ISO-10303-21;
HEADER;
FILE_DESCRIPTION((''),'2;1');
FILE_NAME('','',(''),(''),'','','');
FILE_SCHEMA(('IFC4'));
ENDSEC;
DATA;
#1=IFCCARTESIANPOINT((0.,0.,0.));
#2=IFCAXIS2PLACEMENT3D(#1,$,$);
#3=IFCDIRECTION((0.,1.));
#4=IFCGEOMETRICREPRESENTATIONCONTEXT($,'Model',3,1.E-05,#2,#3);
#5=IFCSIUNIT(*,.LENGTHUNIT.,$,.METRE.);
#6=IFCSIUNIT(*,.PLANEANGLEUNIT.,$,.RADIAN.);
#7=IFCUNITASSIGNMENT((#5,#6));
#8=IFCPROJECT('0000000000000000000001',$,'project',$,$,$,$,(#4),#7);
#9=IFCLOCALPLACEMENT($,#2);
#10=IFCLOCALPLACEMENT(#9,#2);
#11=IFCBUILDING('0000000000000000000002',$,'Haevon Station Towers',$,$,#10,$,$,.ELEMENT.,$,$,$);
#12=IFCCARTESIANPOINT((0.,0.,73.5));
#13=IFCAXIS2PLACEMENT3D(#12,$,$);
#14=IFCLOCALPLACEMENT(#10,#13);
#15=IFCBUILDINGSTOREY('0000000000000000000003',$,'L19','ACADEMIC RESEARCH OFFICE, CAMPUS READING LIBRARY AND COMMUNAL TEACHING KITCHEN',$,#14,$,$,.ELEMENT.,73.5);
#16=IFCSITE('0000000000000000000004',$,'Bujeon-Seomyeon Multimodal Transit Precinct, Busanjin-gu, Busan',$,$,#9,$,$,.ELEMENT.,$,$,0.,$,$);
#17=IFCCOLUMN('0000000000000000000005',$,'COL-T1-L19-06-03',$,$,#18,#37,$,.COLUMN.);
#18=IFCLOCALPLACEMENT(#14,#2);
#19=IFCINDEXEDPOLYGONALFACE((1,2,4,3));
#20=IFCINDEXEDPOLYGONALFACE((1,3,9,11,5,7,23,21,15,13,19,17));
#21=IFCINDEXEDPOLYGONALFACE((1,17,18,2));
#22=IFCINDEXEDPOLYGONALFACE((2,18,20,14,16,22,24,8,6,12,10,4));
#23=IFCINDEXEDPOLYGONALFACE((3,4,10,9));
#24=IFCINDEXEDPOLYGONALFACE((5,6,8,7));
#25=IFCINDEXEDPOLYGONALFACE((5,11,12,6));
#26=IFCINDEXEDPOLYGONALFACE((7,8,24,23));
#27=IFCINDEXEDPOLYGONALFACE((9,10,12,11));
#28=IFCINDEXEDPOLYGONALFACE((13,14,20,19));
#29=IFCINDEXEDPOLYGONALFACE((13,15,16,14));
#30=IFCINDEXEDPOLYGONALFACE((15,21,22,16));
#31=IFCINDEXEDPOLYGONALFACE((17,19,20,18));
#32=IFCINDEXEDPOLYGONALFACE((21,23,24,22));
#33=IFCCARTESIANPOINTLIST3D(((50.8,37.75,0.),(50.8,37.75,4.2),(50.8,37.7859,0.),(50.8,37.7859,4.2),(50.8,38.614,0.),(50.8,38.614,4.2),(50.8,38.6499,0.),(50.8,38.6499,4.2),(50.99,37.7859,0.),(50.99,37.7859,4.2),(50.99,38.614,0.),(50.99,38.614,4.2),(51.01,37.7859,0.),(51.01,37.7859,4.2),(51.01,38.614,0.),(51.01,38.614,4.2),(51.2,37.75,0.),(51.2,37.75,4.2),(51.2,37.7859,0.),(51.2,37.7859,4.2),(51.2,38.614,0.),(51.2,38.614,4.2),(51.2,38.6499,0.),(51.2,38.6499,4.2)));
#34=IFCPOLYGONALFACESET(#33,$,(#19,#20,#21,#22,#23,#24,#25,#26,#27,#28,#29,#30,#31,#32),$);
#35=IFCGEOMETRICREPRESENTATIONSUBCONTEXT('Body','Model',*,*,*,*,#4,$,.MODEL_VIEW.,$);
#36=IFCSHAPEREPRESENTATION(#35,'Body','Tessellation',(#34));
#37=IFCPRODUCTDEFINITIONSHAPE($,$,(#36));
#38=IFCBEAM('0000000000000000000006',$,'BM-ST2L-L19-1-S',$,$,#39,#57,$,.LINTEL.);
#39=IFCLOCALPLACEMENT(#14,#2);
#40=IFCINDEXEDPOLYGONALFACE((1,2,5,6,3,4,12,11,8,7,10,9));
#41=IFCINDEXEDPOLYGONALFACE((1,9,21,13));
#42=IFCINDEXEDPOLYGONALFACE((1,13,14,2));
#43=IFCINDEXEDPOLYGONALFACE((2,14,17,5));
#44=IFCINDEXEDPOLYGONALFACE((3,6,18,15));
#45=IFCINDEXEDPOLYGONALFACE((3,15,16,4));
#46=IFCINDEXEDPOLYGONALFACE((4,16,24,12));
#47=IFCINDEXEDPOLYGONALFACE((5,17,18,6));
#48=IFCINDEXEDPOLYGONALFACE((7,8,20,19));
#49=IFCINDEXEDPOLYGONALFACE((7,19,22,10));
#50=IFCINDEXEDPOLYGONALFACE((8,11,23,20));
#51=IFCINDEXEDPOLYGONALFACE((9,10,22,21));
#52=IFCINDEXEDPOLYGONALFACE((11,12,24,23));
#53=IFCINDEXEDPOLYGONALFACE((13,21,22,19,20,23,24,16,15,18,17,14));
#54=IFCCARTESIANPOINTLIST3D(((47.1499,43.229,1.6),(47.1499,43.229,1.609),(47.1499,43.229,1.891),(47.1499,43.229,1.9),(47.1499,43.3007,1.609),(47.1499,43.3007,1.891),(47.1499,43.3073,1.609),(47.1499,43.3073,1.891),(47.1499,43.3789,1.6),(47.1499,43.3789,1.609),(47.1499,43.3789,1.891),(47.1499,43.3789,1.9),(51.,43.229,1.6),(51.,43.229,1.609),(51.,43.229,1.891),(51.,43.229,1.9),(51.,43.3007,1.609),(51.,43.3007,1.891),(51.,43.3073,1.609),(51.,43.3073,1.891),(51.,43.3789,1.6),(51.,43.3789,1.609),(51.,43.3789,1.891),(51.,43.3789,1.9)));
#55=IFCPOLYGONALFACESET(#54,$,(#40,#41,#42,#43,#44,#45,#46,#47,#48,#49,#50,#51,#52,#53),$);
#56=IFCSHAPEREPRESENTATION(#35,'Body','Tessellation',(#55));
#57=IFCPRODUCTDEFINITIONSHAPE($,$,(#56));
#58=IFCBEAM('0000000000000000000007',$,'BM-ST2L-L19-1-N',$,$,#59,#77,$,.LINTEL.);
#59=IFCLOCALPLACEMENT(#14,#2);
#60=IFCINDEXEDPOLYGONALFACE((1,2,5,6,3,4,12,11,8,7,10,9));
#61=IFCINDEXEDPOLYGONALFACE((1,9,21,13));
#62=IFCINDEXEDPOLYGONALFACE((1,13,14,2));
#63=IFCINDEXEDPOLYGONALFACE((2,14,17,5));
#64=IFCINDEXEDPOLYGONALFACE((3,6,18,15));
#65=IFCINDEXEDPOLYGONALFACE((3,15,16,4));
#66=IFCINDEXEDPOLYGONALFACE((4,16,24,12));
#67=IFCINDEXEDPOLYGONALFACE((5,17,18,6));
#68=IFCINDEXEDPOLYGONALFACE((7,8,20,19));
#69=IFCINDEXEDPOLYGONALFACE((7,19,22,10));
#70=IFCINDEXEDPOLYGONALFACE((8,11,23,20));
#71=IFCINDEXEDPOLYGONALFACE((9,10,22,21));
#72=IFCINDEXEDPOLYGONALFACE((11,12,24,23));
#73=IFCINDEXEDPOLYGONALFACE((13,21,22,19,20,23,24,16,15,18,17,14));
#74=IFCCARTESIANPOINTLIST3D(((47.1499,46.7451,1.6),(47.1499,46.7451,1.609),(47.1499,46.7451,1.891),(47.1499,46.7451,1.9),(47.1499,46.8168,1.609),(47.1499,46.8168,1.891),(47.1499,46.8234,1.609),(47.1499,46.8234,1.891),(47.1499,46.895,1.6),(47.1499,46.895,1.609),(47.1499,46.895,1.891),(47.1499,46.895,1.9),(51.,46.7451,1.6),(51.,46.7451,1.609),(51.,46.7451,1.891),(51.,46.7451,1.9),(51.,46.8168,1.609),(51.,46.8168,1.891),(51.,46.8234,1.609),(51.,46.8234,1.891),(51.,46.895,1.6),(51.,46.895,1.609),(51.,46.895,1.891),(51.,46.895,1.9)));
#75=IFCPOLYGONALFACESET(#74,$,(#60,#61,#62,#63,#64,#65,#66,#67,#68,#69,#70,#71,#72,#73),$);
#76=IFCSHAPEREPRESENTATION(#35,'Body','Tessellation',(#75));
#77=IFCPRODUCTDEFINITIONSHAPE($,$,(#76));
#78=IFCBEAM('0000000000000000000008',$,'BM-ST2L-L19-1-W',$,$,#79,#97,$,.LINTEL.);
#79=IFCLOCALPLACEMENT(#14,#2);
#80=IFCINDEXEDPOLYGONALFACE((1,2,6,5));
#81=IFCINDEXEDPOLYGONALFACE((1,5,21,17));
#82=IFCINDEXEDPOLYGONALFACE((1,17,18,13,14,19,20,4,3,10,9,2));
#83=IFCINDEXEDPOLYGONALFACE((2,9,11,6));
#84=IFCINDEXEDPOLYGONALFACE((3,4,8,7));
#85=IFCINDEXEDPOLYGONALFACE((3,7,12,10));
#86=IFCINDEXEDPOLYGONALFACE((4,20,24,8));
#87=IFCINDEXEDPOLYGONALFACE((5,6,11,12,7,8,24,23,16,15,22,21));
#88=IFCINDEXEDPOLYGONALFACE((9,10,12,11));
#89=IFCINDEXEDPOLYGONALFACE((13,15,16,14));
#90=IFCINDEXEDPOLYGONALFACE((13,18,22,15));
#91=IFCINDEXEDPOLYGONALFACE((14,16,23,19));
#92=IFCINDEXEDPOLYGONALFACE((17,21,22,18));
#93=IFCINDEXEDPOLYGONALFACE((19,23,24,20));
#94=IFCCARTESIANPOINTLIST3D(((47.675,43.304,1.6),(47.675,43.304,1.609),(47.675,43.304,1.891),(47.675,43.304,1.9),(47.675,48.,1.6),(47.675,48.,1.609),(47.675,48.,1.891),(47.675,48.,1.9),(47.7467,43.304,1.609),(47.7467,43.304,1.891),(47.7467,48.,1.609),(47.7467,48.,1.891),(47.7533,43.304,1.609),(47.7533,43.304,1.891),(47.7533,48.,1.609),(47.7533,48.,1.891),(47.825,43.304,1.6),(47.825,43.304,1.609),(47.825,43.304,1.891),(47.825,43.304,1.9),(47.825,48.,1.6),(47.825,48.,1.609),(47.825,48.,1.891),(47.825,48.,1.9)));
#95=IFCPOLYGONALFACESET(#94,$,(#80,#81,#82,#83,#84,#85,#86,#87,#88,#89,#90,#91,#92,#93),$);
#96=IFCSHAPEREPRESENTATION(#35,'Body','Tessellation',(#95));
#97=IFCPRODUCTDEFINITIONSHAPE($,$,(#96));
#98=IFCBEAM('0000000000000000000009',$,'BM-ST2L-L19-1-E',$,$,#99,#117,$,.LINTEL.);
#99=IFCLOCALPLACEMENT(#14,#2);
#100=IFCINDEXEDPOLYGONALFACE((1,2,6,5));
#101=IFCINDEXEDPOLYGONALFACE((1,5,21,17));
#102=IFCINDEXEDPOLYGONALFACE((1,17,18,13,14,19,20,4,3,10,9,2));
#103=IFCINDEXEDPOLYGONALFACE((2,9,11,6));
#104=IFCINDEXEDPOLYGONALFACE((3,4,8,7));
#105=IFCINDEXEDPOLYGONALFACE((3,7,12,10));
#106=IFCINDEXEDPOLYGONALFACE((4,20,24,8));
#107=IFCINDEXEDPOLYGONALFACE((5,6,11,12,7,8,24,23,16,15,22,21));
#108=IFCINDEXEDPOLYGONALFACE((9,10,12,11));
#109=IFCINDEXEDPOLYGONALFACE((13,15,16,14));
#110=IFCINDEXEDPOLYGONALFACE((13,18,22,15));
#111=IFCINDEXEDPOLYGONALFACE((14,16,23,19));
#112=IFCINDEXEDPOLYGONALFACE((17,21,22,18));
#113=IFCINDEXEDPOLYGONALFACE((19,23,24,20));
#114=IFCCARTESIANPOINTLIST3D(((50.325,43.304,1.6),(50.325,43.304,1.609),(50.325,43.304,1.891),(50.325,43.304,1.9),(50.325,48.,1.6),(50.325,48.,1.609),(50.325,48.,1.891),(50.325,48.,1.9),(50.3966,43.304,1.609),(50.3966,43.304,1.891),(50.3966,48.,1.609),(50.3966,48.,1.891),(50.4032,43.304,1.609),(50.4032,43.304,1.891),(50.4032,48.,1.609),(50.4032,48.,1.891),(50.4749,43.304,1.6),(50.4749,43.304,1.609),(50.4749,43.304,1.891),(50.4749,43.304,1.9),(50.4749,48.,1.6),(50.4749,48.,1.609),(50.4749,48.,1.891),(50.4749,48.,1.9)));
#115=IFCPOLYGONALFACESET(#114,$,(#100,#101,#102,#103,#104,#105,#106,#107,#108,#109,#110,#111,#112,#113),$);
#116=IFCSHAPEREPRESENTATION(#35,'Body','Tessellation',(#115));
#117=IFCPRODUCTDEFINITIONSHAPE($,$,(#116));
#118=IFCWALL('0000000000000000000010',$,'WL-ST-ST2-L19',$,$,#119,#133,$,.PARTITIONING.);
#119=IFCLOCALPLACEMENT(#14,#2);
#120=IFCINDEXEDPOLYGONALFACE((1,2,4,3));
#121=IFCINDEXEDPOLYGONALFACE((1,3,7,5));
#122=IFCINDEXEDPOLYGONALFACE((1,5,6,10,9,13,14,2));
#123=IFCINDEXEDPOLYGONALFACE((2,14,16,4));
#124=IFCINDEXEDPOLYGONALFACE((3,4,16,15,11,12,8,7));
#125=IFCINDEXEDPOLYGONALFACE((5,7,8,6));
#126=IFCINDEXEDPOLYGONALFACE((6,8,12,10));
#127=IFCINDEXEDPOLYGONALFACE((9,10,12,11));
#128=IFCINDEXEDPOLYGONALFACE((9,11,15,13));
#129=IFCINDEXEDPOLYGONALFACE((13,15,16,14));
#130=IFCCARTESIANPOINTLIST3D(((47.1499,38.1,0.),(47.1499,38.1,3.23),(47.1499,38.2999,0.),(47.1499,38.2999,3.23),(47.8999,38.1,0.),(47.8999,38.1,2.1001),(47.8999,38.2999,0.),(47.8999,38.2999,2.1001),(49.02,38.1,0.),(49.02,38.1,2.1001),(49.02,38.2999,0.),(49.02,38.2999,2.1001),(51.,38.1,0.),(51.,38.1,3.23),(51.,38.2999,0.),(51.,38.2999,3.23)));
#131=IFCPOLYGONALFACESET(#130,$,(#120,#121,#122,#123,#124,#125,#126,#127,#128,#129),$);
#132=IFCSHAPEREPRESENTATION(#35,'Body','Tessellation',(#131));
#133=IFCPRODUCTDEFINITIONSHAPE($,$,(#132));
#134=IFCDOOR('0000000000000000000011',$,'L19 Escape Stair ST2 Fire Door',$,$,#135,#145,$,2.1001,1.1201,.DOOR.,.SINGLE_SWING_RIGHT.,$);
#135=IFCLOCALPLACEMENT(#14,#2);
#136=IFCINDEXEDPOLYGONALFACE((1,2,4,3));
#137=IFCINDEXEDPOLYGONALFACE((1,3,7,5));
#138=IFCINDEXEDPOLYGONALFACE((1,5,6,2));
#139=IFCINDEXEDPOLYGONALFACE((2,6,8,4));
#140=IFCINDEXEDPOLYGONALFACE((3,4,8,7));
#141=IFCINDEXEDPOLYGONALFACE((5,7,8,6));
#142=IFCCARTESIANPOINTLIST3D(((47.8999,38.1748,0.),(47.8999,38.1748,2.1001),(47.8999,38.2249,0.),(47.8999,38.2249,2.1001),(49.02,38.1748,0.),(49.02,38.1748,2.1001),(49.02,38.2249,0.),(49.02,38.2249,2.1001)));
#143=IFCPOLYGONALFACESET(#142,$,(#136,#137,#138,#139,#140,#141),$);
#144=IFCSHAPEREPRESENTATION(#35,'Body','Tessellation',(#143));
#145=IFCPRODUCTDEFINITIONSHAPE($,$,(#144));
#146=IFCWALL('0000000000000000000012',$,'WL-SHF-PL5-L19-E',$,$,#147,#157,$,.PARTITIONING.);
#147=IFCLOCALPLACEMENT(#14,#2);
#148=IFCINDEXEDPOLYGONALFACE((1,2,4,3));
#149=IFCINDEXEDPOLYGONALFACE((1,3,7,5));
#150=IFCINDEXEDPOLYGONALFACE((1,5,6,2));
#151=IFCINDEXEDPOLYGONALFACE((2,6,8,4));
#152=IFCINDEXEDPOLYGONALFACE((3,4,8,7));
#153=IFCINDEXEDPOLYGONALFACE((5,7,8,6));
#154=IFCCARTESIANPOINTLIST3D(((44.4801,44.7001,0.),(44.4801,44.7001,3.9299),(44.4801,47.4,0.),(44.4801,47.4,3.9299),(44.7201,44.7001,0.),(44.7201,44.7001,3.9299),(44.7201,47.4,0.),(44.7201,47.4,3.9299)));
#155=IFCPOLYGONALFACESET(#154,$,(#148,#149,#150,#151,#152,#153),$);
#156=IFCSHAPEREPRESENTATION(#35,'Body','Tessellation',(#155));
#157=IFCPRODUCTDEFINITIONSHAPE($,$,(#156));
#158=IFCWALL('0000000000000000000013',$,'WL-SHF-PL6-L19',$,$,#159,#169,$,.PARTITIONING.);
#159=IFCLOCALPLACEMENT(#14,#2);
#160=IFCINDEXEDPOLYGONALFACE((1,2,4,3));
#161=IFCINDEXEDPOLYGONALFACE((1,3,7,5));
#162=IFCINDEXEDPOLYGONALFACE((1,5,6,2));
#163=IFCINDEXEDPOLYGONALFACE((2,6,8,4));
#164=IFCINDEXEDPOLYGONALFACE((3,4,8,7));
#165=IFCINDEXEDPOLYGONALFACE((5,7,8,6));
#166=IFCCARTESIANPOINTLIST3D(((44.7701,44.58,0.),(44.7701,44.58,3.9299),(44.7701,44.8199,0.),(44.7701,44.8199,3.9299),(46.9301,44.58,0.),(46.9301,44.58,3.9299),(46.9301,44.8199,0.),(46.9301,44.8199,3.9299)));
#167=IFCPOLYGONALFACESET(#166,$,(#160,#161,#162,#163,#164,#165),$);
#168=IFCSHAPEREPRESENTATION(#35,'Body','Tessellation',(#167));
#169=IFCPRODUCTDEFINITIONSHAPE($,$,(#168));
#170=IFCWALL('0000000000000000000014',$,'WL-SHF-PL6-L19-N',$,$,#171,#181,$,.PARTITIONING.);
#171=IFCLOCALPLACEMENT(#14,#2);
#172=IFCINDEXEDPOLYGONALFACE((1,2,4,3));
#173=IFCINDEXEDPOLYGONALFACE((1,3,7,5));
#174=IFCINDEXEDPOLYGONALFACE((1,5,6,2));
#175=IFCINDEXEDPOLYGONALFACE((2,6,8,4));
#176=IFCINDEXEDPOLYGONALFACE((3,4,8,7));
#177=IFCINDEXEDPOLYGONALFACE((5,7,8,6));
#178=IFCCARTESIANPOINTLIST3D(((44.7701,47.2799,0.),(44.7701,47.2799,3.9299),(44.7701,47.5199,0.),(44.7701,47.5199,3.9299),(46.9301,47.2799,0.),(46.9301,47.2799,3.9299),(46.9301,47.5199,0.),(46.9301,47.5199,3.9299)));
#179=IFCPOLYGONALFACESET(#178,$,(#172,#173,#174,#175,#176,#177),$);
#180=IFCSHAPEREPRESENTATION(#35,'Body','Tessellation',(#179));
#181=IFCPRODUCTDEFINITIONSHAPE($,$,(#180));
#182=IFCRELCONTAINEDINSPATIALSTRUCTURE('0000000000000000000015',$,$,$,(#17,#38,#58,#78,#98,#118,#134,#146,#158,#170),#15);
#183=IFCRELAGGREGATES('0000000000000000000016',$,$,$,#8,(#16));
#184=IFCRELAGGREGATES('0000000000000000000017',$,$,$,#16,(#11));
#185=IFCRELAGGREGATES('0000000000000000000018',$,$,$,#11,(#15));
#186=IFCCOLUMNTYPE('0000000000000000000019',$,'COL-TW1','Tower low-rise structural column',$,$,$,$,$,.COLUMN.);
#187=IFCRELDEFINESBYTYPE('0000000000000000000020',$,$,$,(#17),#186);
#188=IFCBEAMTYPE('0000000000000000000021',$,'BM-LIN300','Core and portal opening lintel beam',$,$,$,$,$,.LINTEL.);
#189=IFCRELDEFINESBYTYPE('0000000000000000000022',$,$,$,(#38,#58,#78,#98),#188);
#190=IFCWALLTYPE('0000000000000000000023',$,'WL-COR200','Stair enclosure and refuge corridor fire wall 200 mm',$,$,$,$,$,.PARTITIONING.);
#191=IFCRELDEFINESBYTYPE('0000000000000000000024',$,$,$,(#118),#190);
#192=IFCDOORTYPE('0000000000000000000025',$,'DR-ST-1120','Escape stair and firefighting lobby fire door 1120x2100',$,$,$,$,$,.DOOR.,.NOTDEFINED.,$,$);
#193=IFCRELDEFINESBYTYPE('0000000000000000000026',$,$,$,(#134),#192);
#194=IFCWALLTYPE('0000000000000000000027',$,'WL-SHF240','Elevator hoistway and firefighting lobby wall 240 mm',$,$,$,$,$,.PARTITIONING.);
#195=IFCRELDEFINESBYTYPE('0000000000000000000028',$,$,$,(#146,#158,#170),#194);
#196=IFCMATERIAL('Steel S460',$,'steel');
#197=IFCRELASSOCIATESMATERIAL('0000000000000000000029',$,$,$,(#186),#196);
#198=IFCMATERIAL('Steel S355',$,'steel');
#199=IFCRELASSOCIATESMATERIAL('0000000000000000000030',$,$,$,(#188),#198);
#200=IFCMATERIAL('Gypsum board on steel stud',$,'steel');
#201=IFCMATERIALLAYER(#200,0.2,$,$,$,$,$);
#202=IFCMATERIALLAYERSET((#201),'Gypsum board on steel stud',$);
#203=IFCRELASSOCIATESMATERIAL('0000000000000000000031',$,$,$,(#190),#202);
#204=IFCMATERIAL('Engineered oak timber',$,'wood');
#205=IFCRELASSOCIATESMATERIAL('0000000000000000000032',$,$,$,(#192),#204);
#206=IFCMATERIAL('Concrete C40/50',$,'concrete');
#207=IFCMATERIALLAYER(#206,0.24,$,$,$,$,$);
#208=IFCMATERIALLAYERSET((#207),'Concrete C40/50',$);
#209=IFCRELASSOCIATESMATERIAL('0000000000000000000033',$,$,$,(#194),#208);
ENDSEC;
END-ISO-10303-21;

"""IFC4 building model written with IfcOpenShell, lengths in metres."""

from ifc_helpers import new_model, si_unit, direction, frame, frame_2d, origin, origin_2d, place, context, subcontext, project, spatial, rectangle, i_section, extrude, material, layer, layer_set, material_profile, profile_set, type_object, element, fill, save


model = new_model("IFC4")

# Units and contexts
model_context = context("Model", 3, precision=1e-05, world=origin(), true_north=direction((0.0, 1.0)))
body_context = subcontext(model_context, "Body", "Model", "MODEL_VIEW")
ifc_project = project(units=[si_unit("LENGTHUNIT", "METRE"), si_unit("PLANEANGLEUNIT", "RADIAN")], contexts=[model_context])

# Site, building, storey
site_placement = place(None, origin())
site = spatial("IfcSite", under=ifc_project, at=site_placement, Name="Bujeon-Seomyeon Multimodal Transit Precinct, Busanjin-gu, Busan", CompositionType="ELEMENT", RefElevation=0.0)
building_placement = place(site_placement, origin())
building = spatial("IfcBuilding", under=site, at=building_placement, Name="Haevon Station Towers", CompositionType="ELEMENT")
storey_placement = place(building_placement, frame((0.0, 0.0, 73.5)))
storey = spatial("IfcBuildingStorey", under=building, at=storey_placement, Name="L19", Description="ACADEMIC RESEARCH OFFICE, CAMPUS READING LIBRARY AND COMMUNAL TEACHING KITCHEN", CompositionType="ELEMENT", Elevation=73.5)

# Column
ifc_material_1 = material(Name="Steel S460", Category="steel")
ifc_material_profile_1 = material_profile(ifc_material_1, i_section(OverallWidth=0.3999, OverallDepth=0.8999, WebThickness=0.02, FlangeThickness=0.0359, at=origin_2d()), Name="H-900x400x20x36")
ifc_profile_set_1 = profile_set([ifc_material_profile_1], Name="Steel S460")
column_type = type_object("IfcColumnType", Name="COL-TW1", Description="Tower low-rise structural column", PredefinedType="COLUMN", material=ifc_profile_set_1)
column_placement = place(storey_placement, frame((51.0, 38.2, 0.0), z_axis=(0.0, 0.0, 1.0), x_axis=(1.0, 0.0, 0.0)))
element("IfcColumn", 1, at=column_placement, inside=storey, type_object=column_type, Name="COL-T1-L19-06-03", PredefinedType="COLUMN", context=body_context, shape_type="SweptSolid", body=[
    extrude(i_section(OverallWidth=0.3999, OverallDepth=0.8999, WebThickness=0.02, FlangeThickness=0.0359, at=origin_2d()), origin(), (0.0, 0.0, 1.0), 4.2),
])

# Beams
ifc_material_2 = material(Name="Steel S355", Category="steel")
ifc_material_profile_2 = material_profile(ifc_material_2, i_section(OverallWidth=0.1499, OverallDepth=0.3, WebThickness=0.0066, FlangeThickness=0.009, at=origin_2d()), Name="H-300x150x6.5x9")
ifc_profile_set_2 = profile_set([ifc_material_profile_2], Name="Steel S355")
beam_type = type_object("IfcBeamType", Name="BM-LIN300", Description="Core and portal opening lintel beam", PredefinedType="LINTEL", material=ifc_profile_set_2)
for number, where, z_axis, x_axis, name in (
    (2, (47.1499, 43.304, 1.75), (1.0, 0.0, 0.0), (0.0, 1.0, 0.0), "BM-ST2L-L19-1-S"),
    (3, (47.1499, 46.8201, 1.75), (1.0, 0.0, 0.0), (0.0, 1.0, 0.0), "BM-ST2L-L19-1-N"),
):
    element("IfcBeam", number, at=place(storey_placement, frame(where, z_axis=z_axis, x_axis=x_axis)), inside=storey, type_object=beam_type, Name=name, PredefinedType="LINTEL", context=body_context, shape_type="SweptSolid", body=[
        extrude(i_section(OverallWidth=0.1499, OverallDepth=0.3, WebThickness=0.0066, FlangeThickness=0.009, at=origin_2d()), origin(), (0.0, 0.0, 1.0), 3.8501),
    ])
for number, where, z_axis, x_axis, name in (
    (4, (47.75, 43.304, 1.75), (0.0, 1.0, 0.0), (-1.0, 0.0, 0.0), "BM-ST2L-L19-1-W"),
    (5, (50.3999, 43.304, 1.75), (0.0, 1.0, 0.0), (-1.0, 0.0, 0.0), "BM-ST2L-L19-1-E"),
):
    element("IfcBeam", number, at=place(storey_placement, frame(where, z_axis=z_axis, x_axis=x_axis)), inside=storey, type_object=beam_type, Name=name, PredefinedType="LINTEL", context=body_context, shape_type="SweptSolid", body=[
        extrude(i_section(OverallWidth=0.1499, OverallDepth=0.3, WebThickness=0.0066, FlangeThickness=0.009, at=origin_2d()), origin(), (0.0, 0.0, 1.0), 4.696),
    ])

# Wall, opening, door
ifc_material_3 = material(Name="Gypsum board on steel stud", Category="steel")
ifc_layer_1 = layer(ifc_material_3, 0.2)
ifc_layer_set_1 = layer_set([ifc_layer_1], Name="Gypsum board on steel stud")
wall_type_1 = type_object("IfcWallType", Name="WL-COR200", Description="Stair enclosure and refuge corridor fire wall 200 mm", PredefinedType="PARTITIONING", material=ifc_layer_set_1)
wall_1_placement = place(storey_placement, frame((47.1499, 38.2, 0.0), z_axis=(0.0, 0.0, 1.0), x_axis=(1.0, 0.0, 0.0)))
wall_1 = element("IfcWall", 6, at=wall_1_placement, inside=storey, type_object=wall_type_1, Name="WL-ST-ST2-L19", PredefinedType="PARTITIONING", context=body_context, shape_type="SweptSolid", body=[
    extrude(rectangle(XDim=3.8501, YDim=0.2, at=frame_2d((1.925, 0.0))), origin(), (0.0, 0.0, 1.0), 3.23),
])
opening_placement = place(wall_1_placement, frame((0.75, 0.0, 0.0)))
opening = element("IfcOpeningElement", 7, at=opening_placement, cuts=wall_1, PredefinedType="OPENING", context=body_context, shape_type="SweptSolid", body=[
    extrude(rectangle(XDim=1.1201, YDim=2.1001, at=frame_2d((0.5601, 1.05))), frame((0.0, 0.1099, 0.0), z_axis=(0.0, -1.0, 0.0), x_axis=(1.0, 0.0, 0.0)), (0.0, 0.0, 1.0), 0.22),
])
ifc_material_4 = material(Name="Engineered oak timber", Category="wood")
door_type = type_object("IfcDoorType", Name="DR-ST-1120", Description="Escape stair and firefighting lobby fire door 1120x2100", OperationType="NOTDEFINED", PredefinedType="DOOR", material=ifc_material_4)
door_placement = place(opening_placement, origin())
door = element("IfcDoor", 8, at=door_placement, inside=storey, type_object=door_type, Name="L19 Escape Stair ST2 Fire Door", OperationType="SINGLE_SWING_RIGHT", OverallHeight=2.1001, OverallWidth=1.1201, PredefinedType="DOOR", context=body_context, shape_type="SweptSolid", body=[
    extrude(rectangle(XDim=1.1201, YDim=2.1001, at=frame_2d((0.5601, 1.05))), frame((0.0, 0.0249, 0.0), z_axis=(0.0, -1.0, 0.0), x_axis=(1.0, 0.0, 0.0)), (0.0, 0.0, 1.0), 0.05),
])
fill(opening, door)

# Walls
ifc_material_5 = material(Name="Concrete C40/50", Category="concrete")
ifc_layer_2 = layer(ifc_material_5, 0.24)
ifc_layer_set_2 = layer_set([ifc_layer_2], Name="Concrete C40/50")
wall_type_2 = type_object("IfcWallType", Name="WL-SHF240", Description="Elevator hoistway and firefighting lobby wall 240 mm", PredefinedType="PARTITIONING", material=ifc_layer_set_2)
wall_2_placement = place(storey_placement, frame((44.6001, 44.7, 0.0), z_axis=(0.0, 0.0, 1.0), x_axis=(0.0, 1.0, 0.0)))
element("IfcWall", 9, at=wall_2_placement, inside=storey, type_object=wall_type_2, Name="WL-SHF-PL5-L19-E", PredefinedType="PARTITIONING", context=body_context, shape_type="SweptSolid", body=[
    extrude(rectangle(XDim=2.7, YDim=0.24, at=frame_2d((1.3501, 0.0))), origin(), (0.0, 0.0, 1.0), 3.9299),
])
for number, where, z_axis, x_axis, name in (
    (10, (44.77, 44.7, 0.0), (0.0, 0.0, 1.0), (1.0, 0.0, 0.0), "WL-SHF-PL6-L19"),
    (11, (44.77, 47.3999, 0.0), (0.0, 0.0, 1.0), (1.0, 0.0, 0.0), "WL-SHF-PL6-L19-N"),
):
    element("IfcWall", number, at=place(storey_placement, frame(where, z_axis=z_axis, x_axis=x_axis)), inside=storey, type_object=wall_type_2, Name=name, PredefinedType="PARTITIONING", context=body_context, shape_type="SweptSolid", body=[
        extrude(rectangle(XDim=2.1599, YDim=0.24, at=frame_2d((1.0801, 0.0))), origin(), (0.0, 0.0, 1.0), 3.9299),
    ])

save(model, "model.ifc")
